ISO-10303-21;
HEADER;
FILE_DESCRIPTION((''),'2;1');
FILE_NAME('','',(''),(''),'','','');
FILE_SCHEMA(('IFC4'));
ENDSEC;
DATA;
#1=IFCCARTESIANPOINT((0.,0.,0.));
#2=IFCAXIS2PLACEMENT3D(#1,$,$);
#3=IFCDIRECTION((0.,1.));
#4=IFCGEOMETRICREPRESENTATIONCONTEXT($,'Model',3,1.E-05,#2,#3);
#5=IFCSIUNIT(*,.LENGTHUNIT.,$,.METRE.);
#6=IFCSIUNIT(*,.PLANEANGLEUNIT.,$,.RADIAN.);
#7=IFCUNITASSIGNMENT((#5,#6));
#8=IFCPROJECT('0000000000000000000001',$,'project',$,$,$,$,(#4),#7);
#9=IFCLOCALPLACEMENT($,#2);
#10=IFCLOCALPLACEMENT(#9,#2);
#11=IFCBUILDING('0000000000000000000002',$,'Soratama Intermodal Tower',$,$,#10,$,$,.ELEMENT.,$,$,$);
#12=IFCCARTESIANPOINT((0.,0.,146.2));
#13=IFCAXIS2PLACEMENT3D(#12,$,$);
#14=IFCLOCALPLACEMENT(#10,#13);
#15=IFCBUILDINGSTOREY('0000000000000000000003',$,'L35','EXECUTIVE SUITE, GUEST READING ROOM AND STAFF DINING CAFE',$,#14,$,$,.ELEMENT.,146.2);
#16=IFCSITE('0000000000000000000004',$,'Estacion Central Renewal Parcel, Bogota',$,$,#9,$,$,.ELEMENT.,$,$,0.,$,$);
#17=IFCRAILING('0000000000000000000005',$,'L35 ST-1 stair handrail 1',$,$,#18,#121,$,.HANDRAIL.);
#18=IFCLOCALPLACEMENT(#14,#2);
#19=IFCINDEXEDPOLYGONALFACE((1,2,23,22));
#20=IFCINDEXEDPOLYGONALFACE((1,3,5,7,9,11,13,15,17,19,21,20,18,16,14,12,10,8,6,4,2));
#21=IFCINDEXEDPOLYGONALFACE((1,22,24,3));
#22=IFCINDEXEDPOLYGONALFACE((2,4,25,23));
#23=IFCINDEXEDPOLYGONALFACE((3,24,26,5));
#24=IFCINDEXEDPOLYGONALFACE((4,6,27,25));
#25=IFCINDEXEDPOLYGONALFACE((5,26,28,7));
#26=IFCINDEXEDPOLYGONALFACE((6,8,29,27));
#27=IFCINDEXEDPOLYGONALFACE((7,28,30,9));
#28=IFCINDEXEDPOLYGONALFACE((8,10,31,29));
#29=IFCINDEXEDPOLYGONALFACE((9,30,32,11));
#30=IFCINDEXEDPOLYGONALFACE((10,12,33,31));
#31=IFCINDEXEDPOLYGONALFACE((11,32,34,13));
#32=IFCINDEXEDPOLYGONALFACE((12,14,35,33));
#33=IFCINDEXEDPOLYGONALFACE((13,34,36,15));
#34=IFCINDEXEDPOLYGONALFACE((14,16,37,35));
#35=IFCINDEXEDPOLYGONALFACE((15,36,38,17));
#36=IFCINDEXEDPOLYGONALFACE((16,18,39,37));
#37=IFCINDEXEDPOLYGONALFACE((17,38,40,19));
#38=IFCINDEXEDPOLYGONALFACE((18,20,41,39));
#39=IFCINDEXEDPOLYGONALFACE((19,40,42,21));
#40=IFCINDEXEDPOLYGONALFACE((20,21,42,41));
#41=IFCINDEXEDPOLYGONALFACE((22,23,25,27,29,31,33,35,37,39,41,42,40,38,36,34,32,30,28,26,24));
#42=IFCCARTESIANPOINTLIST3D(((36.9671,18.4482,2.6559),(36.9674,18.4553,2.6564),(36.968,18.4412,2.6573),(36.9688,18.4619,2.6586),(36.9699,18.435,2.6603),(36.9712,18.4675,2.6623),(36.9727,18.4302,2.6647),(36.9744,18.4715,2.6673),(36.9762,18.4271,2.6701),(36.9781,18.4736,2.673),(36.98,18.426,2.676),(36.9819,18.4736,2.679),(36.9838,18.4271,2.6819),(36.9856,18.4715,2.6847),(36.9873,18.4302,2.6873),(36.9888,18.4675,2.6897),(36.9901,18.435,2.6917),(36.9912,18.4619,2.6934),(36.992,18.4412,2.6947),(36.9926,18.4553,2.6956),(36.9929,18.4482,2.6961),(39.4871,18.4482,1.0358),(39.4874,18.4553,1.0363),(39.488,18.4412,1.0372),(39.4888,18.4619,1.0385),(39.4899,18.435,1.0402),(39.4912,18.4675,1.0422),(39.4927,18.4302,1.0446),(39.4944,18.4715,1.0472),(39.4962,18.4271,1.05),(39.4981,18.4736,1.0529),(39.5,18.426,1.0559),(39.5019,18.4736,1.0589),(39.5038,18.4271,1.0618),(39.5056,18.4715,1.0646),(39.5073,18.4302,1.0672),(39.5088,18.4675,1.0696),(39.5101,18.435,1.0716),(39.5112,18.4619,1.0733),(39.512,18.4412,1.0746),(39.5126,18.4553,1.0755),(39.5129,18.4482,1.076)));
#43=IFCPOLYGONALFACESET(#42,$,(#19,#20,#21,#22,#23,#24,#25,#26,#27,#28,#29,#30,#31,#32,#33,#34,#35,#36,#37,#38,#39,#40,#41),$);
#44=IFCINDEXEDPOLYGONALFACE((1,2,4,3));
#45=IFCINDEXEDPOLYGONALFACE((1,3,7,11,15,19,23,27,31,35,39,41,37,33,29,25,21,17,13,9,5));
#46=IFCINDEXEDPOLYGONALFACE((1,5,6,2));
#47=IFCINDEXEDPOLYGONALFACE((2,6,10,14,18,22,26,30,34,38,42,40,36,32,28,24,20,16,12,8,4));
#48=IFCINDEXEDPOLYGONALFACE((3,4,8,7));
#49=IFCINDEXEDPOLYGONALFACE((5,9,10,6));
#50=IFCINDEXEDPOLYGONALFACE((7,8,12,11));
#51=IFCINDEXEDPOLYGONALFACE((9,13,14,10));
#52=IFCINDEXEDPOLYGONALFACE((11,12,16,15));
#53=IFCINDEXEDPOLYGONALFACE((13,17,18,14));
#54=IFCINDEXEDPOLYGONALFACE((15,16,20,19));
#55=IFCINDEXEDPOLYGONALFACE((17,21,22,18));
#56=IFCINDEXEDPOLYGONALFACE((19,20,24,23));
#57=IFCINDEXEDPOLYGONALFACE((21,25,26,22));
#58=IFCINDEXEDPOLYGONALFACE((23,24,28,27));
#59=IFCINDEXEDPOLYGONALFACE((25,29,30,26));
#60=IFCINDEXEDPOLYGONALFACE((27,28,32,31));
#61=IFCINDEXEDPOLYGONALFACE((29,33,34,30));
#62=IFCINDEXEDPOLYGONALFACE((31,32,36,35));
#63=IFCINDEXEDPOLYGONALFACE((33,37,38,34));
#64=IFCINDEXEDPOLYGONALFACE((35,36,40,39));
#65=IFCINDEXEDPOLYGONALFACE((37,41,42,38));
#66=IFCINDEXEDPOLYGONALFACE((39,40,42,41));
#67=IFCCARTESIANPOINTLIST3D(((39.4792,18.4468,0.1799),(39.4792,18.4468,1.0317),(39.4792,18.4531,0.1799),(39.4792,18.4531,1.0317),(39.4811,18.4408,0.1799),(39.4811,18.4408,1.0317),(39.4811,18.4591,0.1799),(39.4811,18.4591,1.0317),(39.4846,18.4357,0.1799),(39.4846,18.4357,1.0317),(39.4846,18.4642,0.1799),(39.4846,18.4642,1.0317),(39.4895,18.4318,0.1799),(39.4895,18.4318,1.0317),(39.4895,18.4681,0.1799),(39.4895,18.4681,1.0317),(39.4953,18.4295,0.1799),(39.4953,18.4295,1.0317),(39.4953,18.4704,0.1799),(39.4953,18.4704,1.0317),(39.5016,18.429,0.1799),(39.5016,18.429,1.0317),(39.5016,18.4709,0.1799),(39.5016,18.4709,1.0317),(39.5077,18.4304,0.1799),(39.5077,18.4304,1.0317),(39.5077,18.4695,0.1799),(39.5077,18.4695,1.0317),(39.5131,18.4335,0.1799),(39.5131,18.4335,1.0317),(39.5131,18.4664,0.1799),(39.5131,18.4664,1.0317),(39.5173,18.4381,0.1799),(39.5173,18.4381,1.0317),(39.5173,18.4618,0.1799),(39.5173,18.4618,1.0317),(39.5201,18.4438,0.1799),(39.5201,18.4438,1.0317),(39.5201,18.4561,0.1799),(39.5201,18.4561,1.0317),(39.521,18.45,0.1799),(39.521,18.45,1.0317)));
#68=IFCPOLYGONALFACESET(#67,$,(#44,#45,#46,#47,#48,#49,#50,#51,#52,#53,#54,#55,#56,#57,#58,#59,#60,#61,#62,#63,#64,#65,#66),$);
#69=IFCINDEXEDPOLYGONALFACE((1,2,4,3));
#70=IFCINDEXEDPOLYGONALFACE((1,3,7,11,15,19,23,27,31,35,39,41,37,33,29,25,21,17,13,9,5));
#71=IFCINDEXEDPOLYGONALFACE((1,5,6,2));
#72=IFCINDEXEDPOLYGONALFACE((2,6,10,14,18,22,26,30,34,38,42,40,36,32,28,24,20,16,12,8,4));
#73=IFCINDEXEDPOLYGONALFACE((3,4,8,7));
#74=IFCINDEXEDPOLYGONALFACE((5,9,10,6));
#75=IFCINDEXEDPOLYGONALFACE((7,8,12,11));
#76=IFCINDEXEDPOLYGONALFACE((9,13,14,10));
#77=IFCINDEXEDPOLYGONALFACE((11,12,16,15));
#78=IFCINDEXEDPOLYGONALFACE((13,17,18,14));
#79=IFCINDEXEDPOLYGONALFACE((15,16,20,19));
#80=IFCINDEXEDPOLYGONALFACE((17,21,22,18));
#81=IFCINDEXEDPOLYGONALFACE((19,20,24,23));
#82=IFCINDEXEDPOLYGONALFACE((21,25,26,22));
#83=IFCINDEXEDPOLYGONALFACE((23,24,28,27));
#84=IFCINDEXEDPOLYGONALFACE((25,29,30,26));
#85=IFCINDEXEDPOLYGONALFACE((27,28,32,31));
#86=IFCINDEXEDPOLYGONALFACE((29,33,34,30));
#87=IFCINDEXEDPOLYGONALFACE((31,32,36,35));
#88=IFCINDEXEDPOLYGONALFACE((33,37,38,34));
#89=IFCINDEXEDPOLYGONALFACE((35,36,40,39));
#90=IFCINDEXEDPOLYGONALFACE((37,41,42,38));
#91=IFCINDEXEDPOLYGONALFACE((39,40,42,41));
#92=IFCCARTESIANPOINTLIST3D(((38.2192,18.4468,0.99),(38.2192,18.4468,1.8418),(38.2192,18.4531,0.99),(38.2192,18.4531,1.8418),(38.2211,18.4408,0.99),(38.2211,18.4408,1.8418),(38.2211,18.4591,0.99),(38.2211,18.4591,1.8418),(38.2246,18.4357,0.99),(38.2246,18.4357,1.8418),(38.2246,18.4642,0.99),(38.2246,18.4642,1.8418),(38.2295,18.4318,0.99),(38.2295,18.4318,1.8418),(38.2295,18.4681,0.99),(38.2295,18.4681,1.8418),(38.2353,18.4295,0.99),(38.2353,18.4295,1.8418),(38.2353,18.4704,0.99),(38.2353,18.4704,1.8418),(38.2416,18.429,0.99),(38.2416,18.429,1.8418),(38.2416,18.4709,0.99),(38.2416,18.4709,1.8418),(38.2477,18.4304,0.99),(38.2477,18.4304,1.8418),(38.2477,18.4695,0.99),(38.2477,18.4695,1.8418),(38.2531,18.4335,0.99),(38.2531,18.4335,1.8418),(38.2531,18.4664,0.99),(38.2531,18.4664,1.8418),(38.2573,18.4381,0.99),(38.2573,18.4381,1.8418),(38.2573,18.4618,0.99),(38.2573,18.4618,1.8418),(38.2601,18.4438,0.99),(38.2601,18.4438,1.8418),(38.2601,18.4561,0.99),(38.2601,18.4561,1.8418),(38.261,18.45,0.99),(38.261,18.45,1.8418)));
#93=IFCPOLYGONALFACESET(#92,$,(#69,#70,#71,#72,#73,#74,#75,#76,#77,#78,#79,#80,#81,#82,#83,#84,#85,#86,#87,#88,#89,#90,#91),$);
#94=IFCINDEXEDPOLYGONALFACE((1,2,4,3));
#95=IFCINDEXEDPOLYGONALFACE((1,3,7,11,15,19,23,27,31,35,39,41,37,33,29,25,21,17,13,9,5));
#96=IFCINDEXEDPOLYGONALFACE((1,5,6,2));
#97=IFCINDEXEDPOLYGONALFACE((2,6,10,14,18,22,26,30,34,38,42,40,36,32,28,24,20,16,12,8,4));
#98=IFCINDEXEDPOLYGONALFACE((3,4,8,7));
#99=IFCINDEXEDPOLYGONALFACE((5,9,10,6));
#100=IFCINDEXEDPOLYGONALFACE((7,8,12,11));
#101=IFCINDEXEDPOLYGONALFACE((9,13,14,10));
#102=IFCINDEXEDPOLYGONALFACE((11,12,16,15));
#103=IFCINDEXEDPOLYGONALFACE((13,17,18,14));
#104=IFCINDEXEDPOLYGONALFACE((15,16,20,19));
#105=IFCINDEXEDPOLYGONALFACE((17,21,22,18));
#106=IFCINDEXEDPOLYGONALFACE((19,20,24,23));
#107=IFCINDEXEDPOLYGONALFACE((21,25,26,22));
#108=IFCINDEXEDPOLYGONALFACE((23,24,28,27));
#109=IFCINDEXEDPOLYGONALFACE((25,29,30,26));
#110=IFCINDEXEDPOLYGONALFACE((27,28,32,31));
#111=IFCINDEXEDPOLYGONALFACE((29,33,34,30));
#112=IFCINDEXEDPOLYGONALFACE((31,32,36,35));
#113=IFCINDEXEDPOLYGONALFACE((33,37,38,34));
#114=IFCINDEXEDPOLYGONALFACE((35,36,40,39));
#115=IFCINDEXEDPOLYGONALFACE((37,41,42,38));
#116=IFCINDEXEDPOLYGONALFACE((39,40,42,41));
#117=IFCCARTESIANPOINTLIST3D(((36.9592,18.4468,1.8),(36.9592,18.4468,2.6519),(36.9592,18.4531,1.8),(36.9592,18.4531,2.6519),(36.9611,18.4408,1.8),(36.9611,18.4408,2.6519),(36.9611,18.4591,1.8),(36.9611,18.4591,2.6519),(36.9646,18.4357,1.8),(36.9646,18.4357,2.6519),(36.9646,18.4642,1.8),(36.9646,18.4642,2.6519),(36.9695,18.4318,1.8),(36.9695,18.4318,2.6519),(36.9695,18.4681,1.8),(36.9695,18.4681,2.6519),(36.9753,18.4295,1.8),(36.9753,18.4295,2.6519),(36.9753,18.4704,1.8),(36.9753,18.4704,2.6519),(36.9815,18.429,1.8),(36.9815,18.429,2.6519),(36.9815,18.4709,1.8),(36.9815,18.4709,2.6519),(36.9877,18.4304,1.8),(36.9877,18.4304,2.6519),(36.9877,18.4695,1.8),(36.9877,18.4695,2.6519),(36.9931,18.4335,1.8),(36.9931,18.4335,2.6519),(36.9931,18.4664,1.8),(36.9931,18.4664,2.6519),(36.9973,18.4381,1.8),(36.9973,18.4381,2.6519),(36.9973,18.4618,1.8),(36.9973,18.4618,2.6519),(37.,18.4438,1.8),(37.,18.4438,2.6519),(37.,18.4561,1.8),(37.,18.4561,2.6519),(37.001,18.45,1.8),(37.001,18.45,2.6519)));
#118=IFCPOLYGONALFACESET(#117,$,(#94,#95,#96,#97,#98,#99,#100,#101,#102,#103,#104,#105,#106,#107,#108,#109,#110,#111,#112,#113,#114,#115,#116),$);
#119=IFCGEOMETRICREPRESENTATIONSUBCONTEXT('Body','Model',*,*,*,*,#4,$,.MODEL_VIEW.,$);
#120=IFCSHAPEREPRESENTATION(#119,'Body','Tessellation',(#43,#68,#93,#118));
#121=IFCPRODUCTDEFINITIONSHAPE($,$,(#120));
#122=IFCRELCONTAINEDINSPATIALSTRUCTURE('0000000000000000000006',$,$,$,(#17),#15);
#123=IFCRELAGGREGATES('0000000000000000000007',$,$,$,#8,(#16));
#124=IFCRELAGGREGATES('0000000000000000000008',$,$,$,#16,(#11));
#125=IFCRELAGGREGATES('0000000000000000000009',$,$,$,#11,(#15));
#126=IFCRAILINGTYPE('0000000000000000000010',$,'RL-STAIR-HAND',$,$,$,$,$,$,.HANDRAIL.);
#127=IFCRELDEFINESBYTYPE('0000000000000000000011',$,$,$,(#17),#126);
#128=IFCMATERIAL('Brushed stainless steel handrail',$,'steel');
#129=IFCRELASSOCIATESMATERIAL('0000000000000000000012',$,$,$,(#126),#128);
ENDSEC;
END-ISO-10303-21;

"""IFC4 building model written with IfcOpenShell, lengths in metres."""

from ifc_helpers import new_model, si_unit, direction, frame, origin, origin_2d, place, context, subcontext, project, spatial, circle, extrude, material, type_object, element, save


model = new_model("IFC4")

# Units and contexts
model_context = context("Model", 3, precision=1e-05, world=origin(), true_north=direction((0.0, 1.0)))
body_context = subcontext(model_context, "Body", "Model", "MODEL_VIEW")
ifc_project = project(units=[si_unit("LENGTHUNIT", "METRE"), si_unit("PLANEANGLEUNIT", "RADIAN")], contexts=[model_context])

# Site, building, storey
site_placement = place(None, origin())
site = spatial("IfcSite", under=ifc_project, at=site_placement, Name="Estacion Central Renewal Parcel, Bogota", CompositionType="ELEMENT", RefElevation=0.0)
building_placement = place(site_placement, origin())
building = spatial("IfcBuilding", under=site, at=building_placement, Name="Soratama Intermodal Tower", CompositionType="ELEMENT")
storey_placement = place(building_placement, frame((0.0, 0.0, 146.2)))
storey = spatial("IfcBuildingStorey", under=building, at=storey_placement, Name="L35", Description="EXECUTIVE SUITE, GUEST READING ROOM AND STAFF DINING CAFE", CompositionType="ELEMENT", Elevation=146.2)

# Railing
ifc_material_1 = material(Name="Brushed stainless steel handrail", Category="steel")
railing_type_1 = type_object("IfcRailingType", Name="RL-STAIR-HAND", PredefinedType="HANDRAIL", material=ifc_material_1)
railing_1_placement = place(storey_placement, frame((39.5, 18.45, 0.1799)))
element("IfcRailing", 1, at=railing_1_placement, inside=storey, type_object=railing_type_1, Name="L35 ST-1 stair handrail 1", PredefinedType="HANDRAIL", context=body_context, shape_type="SweptSolid", body=[
    extrude(circle(Radius=0.0239, at=origin_2d()), frame((0.0, 0.0, 0.876), z_axis=(-0.841163, 0.0, 0.540782), x_axis=(0.0, -1.0, 0.0)), (0.0, 0.0, 1.0), 2.9958),
    extrude(circle(Radius=0.021, at=origin_2d()), origin(), (0.0, 0.0, 1.0), 0.8518),
    extrude(circle(Radius=0.021, at=origin_2d()), frame((-1.26, 0.0, 0.8101)), (0.0, 0.0, 1.0), 0.8518),
    extrude(circle(Radius=0.021, at=origin_2d()), frame((-2.52, 0.0, 1.6201)), (0.0, 0.0, 1.0), 0.8518),
])

save(model, "model.ifc")
